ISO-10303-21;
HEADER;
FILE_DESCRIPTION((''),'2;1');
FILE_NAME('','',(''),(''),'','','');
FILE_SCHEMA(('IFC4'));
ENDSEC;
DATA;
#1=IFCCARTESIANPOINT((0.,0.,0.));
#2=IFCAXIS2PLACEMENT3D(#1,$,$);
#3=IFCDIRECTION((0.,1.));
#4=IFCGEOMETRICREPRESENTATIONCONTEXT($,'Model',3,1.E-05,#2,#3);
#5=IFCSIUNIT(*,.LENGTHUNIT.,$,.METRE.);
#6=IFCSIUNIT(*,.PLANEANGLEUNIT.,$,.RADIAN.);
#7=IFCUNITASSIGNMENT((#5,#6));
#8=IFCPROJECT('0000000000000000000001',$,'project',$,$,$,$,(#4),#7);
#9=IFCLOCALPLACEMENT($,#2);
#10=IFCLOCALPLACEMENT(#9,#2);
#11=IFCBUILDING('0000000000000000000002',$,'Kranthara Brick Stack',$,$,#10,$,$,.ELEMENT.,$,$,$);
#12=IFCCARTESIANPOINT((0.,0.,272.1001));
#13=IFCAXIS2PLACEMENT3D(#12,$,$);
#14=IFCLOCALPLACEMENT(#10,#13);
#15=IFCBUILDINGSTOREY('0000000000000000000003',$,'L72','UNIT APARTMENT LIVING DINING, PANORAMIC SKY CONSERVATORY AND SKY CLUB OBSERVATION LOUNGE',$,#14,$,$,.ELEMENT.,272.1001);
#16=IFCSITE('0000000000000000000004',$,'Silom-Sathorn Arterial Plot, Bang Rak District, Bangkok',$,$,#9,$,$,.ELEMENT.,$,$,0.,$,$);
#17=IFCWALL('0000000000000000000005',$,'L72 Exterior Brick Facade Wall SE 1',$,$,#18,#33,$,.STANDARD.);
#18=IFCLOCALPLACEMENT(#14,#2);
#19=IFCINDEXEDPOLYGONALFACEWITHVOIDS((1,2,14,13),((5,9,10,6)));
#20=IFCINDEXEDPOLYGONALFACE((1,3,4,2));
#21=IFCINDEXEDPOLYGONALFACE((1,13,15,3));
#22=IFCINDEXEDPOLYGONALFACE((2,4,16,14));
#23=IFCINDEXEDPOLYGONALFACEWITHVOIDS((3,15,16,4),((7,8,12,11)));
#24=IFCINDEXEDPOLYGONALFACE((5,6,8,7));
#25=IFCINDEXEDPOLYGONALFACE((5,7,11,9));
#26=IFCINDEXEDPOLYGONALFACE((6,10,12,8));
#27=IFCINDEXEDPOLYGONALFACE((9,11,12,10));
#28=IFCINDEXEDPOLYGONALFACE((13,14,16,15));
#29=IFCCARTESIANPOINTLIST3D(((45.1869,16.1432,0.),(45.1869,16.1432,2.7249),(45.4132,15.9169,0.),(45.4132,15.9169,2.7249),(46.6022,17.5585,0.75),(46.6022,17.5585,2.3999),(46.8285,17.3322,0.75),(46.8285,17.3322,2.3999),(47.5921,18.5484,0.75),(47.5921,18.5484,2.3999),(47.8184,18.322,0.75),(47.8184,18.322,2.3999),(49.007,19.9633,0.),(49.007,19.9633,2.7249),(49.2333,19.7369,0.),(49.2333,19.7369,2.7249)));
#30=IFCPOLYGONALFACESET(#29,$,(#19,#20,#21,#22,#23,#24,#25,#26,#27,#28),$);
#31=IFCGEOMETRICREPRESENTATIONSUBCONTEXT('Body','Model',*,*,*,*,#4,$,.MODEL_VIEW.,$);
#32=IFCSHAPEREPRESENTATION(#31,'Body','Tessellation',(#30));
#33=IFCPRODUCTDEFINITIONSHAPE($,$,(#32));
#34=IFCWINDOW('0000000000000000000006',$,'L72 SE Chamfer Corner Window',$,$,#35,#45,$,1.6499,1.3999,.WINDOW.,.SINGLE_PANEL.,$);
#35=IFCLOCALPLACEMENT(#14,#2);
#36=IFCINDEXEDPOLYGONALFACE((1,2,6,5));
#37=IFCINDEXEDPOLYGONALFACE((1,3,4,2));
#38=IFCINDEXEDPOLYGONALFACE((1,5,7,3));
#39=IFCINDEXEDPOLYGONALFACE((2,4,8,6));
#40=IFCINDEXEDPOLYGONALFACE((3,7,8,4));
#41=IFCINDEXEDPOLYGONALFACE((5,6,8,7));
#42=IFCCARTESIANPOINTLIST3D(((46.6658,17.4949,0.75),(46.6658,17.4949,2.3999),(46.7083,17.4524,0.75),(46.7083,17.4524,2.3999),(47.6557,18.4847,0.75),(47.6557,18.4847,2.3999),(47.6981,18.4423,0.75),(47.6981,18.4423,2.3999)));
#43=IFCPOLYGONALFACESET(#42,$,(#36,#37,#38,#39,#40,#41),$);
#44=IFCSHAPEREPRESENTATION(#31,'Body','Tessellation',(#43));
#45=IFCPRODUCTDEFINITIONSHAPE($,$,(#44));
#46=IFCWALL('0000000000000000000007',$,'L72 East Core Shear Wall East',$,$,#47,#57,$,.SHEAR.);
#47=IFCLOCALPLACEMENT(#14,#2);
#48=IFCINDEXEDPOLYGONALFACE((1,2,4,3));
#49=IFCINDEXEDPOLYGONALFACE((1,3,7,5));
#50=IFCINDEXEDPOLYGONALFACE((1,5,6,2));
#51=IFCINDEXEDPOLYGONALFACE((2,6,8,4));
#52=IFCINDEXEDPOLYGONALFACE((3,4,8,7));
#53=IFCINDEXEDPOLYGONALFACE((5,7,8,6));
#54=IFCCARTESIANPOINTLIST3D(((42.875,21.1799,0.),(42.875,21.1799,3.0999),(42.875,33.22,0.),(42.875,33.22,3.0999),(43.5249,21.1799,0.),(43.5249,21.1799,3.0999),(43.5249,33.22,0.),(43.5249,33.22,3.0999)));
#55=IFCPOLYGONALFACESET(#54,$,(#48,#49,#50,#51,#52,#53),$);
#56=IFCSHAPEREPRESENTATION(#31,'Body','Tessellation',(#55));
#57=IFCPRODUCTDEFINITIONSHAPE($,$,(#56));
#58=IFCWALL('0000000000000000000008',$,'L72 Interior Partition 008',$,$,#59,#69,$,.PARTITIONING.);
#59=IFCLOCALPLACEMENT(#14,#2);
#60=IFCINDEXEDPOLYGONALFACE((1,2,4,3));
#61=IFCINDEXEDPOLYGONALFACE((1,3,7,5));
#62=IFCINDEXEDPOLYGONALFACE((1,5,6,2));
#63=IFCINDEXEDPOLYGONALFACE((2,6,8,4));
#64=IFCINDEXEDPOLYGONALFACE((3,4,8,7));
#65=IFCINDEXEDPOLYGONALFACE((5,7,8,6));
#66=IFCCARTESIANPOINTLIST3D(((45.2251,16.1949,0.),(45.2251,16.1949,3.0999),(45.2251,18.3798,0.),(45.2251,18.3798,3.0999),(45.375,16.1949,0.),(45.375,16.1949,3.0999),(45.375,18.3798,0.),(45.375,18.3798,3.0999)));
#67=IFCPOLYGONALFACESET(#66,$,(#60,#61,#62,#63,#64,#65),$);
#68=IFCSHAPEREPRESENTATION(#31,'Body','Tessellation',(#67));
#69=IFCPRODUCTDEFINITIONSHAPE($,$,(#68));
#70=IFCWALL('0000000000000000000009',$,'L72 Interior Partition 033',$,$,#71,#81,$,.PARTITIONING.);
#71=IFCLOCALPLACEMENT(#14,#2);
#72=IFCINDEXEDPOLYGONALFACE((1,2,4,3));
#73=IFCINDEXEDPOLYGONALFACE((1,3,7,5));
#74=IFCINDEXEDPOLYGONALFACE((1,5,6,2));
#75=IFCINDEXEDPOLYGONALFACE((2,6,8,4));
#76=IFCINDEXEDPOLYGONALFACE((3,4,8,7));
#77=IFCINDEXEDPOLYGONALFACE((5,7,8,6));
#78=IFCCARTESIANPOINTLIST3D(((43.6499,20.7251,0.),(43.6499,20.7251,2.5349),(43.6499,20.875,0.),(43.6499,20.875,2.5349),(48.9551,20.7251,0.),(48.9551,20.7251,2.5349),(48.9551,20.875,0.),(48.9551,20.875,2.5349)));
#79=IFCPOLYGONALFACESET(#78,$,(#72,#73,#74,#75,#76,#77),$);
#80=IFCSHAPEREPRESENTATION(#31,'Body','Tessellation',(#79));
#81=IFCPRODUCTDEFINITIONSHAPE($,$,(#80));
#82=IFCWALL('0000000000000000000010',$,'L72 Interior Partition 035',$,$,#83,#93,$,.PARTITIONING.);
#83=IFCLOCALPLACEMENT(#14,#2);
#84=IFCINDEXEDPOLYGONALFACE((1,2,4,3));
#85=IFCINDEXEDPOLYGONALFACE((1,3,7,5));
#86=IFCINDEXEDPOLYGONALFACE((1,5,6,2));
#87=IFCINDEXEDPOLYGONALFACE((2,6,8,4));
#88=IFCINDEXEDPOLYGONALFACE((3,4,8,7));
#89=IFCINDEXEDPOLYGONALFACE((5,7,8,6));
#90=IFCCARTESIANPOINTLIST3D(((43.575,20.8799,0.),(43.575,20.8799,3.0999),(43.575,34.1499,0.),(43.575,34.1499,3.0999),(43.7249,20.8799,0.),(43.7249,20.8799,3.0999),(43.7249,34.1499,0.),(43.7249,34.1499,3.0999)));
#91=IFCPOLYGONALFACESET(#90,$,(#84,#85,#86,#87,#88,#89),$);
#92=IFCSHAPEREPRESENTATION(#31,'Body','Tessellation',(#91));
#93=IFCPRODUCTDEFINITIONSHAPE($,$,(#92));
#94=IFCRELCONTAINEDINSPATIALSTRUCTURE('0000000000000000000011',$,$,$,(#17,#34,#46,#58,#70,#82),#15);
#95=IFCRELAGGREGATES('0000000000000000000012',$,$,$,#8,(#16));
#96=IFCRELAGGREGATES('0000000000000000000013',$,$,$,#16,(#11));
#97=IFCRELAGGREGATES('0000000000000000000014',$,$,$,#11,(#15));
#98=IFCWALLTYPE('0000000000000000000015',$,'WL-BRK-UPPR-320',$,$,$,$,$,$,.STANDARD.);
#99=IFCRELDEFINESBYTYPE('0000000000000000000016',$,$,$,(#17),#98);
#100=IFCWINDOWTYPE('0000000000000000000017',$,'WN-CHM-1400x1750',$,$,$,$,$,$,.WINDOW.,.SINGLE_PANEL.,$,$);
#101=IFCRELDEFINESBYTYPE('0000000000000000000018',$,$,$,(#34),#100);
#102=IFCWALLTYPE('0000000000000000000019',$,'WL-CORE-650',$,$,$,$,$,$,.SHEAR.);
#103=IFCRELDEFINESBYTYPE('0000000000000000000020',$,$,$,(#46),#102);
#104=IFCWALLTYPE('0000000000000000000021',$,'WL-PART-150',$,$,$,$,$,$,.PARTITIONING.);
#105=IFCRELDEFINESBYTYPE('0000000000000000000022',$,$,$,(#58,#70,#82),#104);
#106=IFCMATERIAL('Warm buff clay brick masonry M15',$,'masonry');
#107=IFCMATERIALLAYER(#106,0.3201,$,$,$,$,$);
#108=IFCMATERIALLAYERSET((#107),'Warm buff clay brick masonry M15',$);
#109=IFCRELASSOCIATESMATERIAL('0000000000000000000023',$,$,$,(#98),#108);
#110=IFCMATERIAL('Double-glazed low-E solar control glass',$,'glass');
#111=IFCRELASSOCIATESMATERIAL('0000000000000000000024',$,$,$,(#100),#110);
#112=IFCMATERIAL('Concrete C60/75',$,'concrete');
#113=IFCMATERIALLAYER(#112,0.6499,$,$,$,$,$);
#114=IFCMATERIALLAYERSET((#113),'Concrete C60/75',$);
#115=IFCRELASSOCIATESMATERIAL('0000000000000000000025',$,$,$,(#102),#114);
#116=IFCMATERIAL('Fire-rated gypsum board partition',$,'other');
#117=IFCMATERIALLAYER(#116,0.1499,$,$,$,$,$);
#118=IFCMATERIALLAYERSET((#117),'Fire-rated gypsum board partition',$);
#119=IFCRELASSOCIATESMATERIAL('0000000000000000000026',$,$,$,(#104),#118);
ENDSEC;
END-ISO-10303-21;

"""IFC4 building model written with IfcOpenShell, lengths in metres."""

from ifc_helpers import new_model, si_unit, direction, frame, frame_2d, origin, place, context, subcontext, project, spatial, rectangle, extrude, material, layer, layer_set, type_object, element, fill, save


model = new_model("IFC4")

# Units and contexts
model_context = context("Model", 3, precision=1e-05, world=origin(), true_north=direction((0.0, 1.0)))
body_context = subcontext(model_context, "Body", "Model", "MODEL_VIEW")
ifc_project = project(units=[si_unit("LENGTHUNIT", "METRE"), si_unit("PLANEANGLEUNIT", "RADIAN")], contexts=[model_context])

# Site, building, storey
site_placement = place(None, origin())
site = spatial("IfcSite", under=ifc_project, at=site_placement, Name="Silom-Sathorn Arterial Plot, Bang Rak District, Bangkok", CompositionType="ELEMENT", RefElevation=0.0)
building_placement = place(site_placement, origin())
building = spatial("IfcBuilding", under=site, at=building_placement, Name="Kranthara Brick Stack", CompositionType="ELEMENT")
storey_placement = place(building_placement, frame((0.0, 0.0, 272.1001)))
storey = spatial("IfcBuildingStorey", under=building, at=storey_placement, Name="L72", Description="UNIT APARTMENT LIVING DINING, PANORAMIC SKY CONSERVATORY AND SKY CLUB OBSERVATION LOUNGE", CompositionType="ELEMENT", Elevation=272.1001)

# Shared definitions
ifc_material_1 = material(Name="Warm buff clay brick masonry M15", Category="masonry")
ifc_layer_1 = layer(ifc_material_1, 0.3201)
ifc_layer_set_1 = layer_set([ifc_layer_1], Name="Warm buff clay brick masonry M15")
wall_type_1 = type_object("IfcWallType", Name="WL-BRK-UPPR-320", PredefinedType="STANDARD", material=ifc_layer_set_1)

# Wall, opening, window
wall_1_placement = place(storey_placement, frame((49.1201, 19.8501, 0.0), z_axis=(0.0, 0.0, 1.0), x_axis=(-0.707107, -0.707107, 0.0)))
wall_1 = element("IfcWall", 1, at=wall_1_placement, inside=storey, type_object=wall_type_1, Name="L72 Exterior Brick Facade Wall SE 1", PredefinedType="STANDARD", context=body_context, shape_type="SweptSolid", body=[
    extrude(rectangle(XDim=5.4023, YDim=0.3201, at=frame_2d((2.7012, 0.0))), origin(), (0.0, 0.0, 1.0), 2.7249),
])
opening_1_placement = place(wall_1_placement, frame((2.001, 0.0, 0.75)))
opening_1 = element("IfcOpeningElement", 2, at=opening_1_placement, cuts=wall_1, PredefinedType="OPENING", context=body_context, shape_type="SweptSolid", body=[
    extrude(rectangle(XDim=1.3999, YDim=1.6499, at=frame_2d((0.7, 0.825))), frame((0.0, 0.1699, 0.0), z_axis=(0.0, -1.0, 0.0), x_axis=(1.0, 0.0, 0.0)), (0.0, 0.0, 1.0), 0.3401),
])
ifc_material_2 = material(Name="Double-glazed low-E solar control glass", Category="glass")
window_type_1 = type_object("IfcWindowType", Name="WN-CHM-1400x1750", PartitioningType="SINGLE_PANEL", PredefinedType="WINDOW", material=ifc_material_2)
window_1_placement = place(opening_1_placement, origin())
window_1 = element("IfcWindow", 3, at=window_1_placement, inside=storey, type_object=window_type_1, Name="L72 SE Chamfer Corner Window", OverallHeight=1.6499, OverallWidth=1.3999, PartitioningType="SINGLE_PANEL", PredefinedType="WINDOW", context=body_context, shape_type="SweptSolid", body=[
    extrude(rectangle(XDim=1.3999, YDim=1.6499, at=frame_2d((0.7, 0.825))), frame((0.0, -0.01, 0.0), z_axis=(0.0, -1.0, 0.0), x_axis=(1.0, 0.0, 0.0)), (0.0, 0.0, 1.0), 0.0601),
])
fill(opening_1, window_1)

# Walls
ifc_material_3 = material(Name="Concrete C60/75", Category="concrete")
ifc_layer_2 = layer(ifc_material_3, 0.6499)
ifc_layer_set_2 = layer_set([ifc_layer_2], Name="Concrete C60/75")
wall_type_2 = type_object("IfcWallType", Name="WL-CORE-650", PredefinedType="SHEAR", material=ifc_layer_set_2)
wall_2_placement = place(storey_placement, frame((43.2, 21.1799, 0.0), z_axis=(0.0, 0.0, 1.0), x_axis=(0.0, 1.0, 0.0)))
element("IfcWall", 4, at=wall_2_placement, inside=storey, type_object=wall_type_2, Name="L72 East Core Shear Wall East", PredefinedType="SHEAR", context=body_context, shape_type="SweptSolid", body=[
    extrude(rectangle(XDim=12.04, YDim=0.6499, at=frame_2d((6.02, 0.0))), origin(), (0.0, 0.0, 1.0), 3.0999),
])
ifc_material_4 = material(Name="Fire-rated gypsum board partition", Category="other")
ifc_layer_3 = layer(ifc_material_4, 0.1499)
ifc_layer_set_3 = layer_set([ifc_layer_3], Name="Fire-rated gypsum board partition")
wall_type_3 = type_object("IfcWallType", Name="WL-PART-150", PredefinedType="PARTITIONING", material=ifc_layer_set_3)
wall_3_placement = place(storey_placement, frame((45.3, 16.1951, 0.0), z_axis=(0.0, 0.0, 1.0), x_axis=(0.0, 1.0, 0.0)))
element("IfcWall", 5, at=wall_3_placement, inside=storey, type_object=wall_type_3, Name="L72 Interior Partition 008", PredefinedType="PARTITIONING", context=body_context, shape_type="SweptSolid", body=[
    extrude(rectangle(XDim=2.1848, YDim=0.1499, at=frame_2d((1.0923, 0.0))), origin(), (0.0, 0.0, 1.0), 3.0999),
])
wall_4_placement = place(storey_placement, frame((43.6499, 20.8, 0.0), z_axis=(0.0, 0.0, 1.0), x_axis=(1.0, 0.0, 0.0)))
element("IfcWall", 6, at=wall_4_placement, inside=storey, type_object=wall_type_3, Name="L72 Interior Partition 033", PredefinedType="PARTITIONING", context=body_context, shape_type="SweptSolid", body=[
    extrude(rectangle(XDim=5.3052, YDim=0.1499, at=frame_2d((2.6526, 0.0))), origin(), (0.0, 0.0, 1.0), 2.5349),
])
wall_5_placement = place(storey_placement, frame((43.6499, 20.8799, 0.0), z_axis=(0.0, 0.0, 1.0), x_axis=(0.0, 1.0, 0.0)))
element("IfcWall", 7, at=wall_5_placement, inside=storey, type_object=wall_type_3, Name="L72 Interior Partition 035", PredefinedType="PARTITIONING", context=body_context, shape_type="SweptSolid", body=[
    extrude(rectangle(XDim=13.27, YDim=0.1499, at=frame_2d((6.635, 0.0))), origin(), (0.0, 0.0, 1.0), 3.0999),
])

save(model, "model.ifc")
